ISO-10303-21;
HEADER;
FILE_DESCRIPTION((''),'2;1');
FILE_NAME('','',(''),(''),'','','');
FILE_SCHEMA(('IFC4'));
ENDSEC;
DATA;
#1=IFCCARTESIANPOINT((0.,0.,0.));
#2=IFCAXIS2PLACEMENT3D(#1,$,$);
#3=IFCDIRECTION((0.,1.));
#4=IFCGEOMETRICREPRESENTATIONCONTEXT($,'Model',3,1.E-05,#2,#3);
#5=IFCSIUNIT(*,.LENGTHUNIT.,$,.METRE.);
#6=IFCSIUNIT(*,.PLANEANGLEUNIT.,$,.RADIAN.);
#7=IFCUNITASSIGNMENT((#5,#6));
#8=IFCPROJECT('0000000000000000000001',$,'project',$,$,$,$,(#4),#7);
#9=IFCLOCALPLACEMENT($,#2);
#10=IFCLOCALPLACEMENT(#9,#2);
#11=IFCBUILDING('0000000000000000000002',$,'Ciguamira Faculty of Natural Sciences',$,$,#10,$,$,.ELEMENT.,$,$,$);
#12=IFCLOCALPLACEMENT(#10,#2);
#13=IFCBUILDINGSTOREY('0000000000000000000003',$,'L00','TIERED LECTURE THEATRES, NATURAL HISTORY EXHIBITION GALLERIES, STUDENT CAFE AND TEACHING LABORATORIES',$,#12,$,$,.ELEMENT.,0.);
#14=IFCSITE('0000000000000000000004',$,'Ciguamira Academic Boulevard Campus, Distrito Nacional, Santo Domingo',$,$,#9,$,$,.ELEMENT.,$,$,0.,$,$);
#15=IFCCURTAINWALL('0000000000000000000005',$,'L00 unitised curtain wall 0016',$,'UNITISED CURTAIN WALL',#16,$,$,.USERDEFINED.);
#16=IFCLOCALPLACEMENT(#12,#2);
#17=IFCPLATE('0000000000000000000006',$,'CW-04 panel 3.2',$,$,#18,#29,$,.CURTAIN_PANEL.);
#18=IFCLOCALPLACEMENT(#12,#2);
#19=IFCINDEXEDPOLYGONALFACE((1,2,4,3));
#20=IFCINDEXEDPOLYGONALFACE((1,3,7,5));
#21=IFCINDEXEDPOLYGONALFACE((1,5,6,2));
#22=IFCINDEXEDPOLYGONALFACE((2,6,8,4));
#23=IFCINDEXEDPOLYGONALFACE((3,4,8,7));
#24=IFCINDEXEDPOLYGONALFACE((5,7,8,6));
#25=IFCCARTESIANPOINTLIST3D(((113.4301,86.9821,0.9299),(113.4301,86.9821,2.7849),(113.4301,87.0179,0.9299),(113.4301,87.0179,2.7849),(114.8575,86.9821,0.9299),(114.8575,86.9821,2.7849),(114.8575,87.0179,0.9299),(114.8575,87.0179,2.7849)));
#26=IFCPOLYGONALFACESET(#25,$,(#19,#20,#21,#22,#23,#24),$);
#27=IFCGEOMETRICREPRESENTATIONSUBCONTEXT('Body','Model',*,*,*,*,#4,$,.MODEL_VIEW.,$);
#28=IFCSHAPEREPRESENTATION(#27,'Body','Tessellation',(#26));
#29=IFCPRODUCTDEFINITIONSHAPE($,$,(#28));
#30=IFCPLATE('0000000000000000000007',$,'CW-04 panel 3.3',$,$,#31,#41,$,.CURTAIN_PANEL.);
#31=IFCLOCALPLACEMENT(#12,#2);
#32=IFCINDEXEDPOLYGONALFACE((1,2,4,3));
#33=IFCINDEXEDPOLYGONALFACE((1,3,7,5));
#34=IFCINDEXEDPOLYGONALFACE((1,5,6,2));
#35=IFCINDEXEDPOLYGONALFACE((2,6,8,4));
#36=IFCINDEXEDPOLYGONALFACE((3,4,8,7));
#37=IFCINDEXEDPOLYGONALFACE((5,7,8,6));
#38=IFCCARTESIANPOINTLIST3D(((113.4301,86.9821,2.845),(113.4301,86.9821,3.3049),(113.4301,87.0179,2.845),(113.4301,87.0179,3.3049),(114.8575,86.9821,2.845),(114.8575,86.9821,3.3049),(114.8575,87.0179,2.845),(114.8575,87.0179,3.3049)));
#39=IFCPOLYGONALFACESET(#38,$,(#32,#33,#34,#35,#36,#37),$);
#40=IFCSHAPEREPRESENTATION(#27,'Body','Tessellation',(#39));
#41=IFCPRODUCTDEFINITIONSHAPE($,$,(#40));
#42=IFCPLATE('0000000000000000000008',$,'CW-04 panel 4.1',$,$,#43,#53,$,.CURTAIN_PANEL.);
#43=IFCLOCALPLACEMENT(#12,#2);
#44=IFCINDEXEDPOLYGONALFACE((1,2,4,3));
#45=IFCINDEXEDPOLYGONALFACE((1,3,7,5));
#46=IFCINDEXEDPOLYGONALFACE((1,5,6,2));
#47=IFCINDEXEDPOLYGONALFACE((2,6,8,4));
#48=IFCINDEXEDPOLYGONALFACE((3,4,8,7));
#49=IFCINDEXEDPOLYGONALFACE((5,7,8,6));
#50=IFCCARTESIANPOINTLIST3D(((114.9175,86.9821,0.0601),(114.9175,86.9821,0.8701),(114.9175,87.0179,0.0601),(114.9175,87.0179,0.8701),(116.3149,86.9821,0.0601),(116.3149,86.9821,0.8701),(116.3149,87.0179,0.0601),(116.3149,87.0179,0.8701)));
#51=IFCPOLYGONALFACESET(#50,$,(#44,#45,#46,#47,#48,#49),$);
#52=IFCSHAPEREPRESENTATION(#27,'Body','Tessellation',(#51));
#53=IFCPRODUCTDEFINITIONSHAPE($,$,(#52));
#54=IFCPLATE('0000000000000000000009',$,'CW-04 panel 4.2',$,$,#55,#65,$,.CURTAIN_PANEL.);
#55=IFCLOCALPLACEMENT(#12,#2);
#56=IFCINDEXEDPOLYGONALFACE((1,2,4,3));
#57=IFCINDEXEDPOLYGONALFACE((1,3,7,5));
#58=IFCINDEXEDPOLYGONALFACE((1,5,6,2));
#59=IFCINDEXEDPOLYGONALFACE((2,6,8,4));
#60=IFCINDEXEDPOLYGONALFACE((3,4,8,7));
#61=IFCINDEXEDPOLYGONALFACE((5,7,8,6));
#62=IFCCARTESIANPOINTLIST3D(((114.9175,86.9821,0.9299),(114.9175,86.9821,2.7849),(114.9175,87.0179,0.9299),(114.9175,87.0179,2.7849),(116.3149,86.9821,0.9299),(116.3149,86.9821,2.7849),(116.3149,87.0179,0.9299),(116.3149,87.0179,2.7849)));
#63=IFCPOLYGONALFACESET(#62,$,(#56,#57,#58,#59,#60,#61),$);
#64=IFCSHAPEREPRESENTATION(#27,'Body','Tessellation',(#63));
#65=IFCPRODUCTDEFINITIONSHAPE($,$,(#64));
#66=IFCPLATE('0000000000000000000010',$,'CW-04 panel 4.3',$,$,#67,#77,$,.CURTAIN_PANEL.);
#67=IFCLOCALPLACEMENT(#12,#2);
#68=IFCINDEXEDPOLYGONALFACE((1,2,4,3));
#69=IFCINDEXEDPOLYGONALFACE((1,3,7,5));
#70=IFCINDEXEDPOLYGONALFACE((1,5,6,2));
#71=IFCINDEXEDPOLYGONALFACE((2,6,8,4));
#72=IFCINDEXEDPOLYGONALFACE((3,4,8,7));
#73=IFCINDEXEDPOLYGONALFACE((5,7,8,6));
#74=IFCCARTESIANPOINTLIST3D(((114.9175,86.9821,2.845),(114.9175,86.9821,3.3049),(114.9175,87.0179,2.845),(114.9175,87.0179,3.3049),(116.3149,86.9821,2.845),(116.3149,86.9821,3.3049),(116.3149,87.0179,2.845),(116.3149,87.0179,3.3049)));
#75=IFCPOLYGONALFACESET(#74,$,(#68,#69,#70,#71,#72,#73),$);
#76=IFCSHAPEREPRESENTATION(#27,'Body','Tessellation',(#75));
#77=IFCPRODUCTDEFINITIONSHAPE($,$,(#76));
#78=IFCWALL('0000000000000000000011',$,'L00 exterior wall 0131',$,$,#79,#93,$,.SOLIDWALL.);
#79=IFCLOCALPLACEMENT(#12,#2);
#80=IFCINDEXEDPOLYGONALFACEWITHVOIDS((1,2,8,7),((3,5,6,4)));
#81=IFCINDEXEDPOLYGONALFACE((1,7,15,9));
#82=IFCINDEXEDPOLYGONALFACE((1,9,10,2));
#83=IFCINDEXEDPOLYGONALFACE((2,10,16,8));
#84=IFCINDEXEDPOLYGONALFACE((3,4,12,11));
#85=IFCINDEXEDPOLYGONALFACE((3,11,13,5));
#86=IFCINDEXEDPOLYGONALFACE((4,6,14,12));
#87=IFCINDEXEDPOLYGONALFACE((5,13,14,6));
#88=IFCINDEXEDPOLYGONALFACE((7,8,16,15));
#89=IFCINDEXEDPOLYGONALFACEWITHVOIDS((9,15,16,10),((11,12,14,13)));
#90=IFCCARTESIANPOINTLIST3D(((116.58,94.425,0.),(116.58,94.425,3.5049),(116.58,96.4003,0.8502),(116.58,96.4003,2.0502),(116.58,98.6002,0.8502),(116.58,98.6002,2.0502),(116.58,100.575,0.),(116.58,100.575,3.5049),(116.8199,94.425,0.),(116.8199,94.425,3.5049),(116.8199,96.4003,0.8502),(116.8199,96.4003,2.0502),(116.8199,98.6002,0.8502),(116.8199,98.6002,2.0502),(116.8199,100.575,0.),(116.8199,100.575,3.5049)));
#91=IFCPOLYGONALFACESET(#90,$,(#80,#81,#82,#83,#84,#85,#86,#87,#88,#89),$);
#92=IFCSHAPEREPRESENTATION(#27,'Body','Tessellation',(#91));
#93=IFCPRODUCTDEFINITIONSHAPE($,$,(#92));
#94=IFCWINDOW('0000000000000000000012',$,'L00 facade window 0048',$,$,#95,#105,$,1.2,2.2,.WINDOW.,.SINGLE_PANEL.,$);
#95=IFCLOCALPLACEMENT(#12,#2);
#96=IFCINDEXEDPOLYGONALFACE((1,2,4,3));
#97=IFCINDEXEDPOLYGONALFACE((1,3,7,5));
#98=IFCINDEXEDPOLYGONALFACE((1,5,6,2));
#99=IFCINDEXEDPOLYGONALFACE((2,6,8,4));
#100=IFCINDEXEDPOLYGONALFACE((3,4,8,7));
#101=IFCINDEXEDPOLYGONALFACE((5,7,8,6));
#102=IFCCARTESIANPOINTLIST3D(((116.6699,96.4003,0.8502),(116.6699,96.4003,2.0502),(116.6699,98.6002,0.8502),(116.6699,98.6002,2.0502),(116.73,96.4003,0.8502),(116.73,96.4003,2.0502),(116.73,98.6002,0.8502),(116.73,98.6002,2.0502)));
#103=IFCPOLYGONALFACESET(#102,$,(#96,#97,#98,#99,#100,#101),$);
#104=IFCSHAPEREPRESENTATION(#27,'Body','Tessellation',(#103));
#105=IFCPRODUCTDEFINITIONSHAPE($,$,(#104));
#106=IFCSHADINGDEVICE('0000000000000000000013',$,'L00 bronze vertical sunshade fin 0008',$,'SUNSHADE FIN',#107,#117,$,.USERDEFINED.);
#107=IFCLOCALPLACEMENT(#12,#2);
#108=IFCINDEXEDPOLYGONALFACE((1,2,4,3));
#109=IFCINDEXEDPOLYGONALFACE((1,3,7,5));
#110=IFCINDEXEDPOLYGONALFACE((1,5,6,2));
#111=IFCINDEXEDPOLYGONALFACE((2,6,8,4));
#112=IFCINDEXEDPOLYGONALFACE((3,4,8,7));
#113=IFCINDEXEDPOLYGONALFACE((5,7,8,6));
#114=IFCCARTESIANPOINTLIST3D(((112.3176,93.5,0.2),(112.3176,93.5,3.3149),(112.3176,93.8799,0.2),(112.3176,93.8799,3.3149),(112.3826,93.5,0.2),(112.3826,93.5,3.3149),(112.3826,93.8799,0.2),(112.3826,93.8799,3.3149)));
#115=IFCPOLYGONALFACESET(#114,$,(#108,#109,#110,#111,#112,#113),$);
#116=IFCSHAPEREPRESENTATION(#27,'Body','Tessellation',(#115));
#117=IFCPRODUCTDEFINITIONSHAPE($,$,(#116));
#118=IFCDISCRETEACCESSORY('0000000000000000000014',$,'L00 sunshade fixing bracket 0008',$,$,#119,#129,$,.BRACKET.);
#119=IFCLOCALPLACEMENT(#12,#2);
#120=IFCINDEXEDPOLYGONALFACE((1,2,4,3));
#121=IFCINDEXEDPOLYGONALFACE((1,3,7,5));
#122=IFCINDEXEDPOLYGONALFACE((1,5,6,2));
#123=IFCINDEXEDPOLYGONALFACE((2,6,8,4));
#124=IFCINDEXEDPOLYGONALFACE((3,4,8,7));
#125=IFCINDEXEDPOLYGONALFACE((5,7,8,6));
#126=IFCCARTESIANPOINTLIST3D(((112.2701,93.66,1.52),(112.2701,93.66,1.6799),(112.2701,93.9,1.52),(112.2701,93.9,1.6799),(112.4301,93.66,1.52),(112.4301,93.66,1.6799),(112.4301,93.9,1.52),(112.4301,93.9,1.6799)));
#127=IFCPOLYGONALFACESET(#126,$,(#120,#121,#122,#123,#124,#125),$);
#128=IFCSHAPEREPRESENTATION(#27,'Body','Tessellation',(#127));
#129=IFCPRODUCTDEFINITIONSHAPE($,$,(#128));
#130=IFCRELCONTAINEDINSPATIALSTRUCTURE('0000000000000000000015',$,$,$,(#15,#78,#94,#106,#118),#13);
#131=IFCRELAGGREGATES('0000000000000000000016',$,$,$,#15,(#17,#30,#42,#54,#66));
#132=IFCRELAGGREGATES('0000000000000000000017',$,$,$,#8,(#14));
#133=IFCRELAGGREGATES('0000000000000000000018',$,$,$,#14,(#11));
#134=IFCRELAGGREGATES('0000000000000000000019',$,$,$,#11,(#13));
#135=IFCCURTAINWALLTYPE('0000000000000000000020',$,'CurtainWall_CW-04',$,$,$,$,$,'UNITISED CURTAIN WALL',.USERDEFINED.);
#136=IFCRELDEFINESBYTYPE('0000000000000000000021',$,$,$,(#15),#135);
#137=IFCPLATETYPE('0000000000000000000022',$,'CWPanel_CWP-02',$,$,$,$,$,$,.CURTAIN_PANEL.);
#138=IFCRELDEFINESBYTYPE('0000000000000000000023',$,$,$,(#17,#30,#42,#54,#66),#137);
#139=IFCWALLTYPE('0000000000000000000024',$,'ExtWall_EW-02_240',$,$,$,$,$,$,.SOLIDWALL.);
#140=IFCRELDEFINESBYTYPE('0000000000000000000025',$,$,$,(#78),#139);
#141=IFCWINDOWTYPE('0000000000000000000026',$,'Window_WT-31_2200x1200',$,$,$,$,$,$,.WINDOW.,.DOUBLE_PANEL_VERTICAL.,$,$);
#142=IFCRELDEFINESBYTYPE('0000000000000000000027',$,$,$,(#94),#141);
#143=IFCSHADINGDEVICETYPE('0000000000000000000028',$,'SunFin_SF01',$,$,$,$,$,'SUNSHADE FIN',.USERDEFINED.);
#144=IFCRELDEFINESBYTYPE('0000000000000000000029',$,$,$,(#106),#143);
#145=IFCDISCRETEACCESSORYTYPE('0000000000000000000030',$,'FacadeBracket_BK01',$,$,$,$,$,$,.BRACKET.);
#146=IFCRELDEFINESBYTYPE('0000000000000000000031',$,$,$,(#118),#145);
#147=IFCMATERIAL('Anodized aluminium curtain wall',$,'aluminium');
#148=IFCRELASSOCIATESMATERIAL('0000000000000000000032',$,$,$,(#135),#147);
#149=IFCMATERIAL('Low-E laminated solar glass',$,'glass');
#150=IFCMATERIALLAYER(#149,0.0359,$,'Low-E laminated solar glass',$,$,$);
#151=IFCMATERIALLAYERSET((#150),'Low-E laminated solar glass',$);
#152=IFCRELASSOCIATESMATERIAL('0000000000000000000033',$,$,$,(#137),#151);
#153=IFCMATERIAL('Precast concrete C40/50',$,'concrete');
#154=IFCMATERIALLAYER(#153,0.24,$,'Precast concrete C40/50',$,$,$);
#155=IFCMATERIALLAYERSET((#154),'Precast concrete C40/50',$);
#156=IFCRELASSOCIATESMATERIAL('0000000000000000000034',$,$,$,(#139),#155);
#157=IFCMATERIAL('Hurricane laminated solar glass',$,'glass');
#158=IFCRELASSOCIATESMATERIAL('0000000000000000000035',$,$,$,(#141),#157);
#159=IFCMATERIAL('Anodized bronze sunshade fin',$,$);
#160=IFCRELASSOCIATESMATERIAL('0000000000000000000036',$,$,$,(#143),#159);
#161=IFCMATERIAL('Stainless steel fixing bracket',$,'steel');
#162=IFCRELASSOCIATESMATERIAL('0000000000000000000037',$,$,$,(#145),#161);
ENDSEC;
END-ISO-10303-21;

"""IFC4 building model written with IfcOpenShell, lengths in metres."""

from ifc_helpers import new_model, si_unit, direction, frame, frame_2d, origin, origin_2d, place, context, subcontext, project, spatial, rectangle, extrude, material, layer, layer_set, material_profile, profile_set, type_object, element, fill, aggregate, save


model = new_model("IFC4")

# Units and contexts
model_context = context("Model", 3, precision=1e-05, world=origin(), true_north=direction((0.0, 1.0)))
body_context = subcontext(model_context, "Body", "Model", "MODEL_VIEW")
ifc_project = project(units=[si_unit("LENGTHUNIT", "METRE"), si_unit("PLANEANGLEUNIT", "RADIAN")], contexts=[model_context])

# Site, building, storey
site_placement = place(None, origin())
site = spatial("IfcSite", under=ifc_project, at=site_placement, Name="Ciguamira Academic Boulevard Campus, Distrito Nacional, Santo Domingo", CompositionType="ELEMENT", RefElevation=0.0)
building_placement = place(site_placement, origin())
building = spatial("IfcBuilding", under=site, at=building_placement, Name="Ciguamira Faculty of Natural Sciences", CompositionType="ELEMENT")
storey_placement = place(building_placement, origin())
storey = spatial("IfcBuildingStorey", under=building, at=storey_placement, Name="L00", Description="TIERED LECTURE THEATRES, NATURAL HISTORY EXHIBITION GALLERIES, STUDENT CAFE AND TEACHING LABORATORIES", CompositionType="ELEMENT", Elevation=0.0)

# Curtain wall
ifc_material_1 = material(Name="Anodized aluminium curtain wall", Category="aluminium")
curtain_wall_type = type_object("IfcCurtainWallType", Name="CurtainWall_CW-04", ElementType="UNITISED CURTAIN WALL", PredefinedType="USERDEFINED", material=ifc_material_1)
curtain_wall_placement = place(storey_placement, origin())
curtain_wall = element("IfcCurtainWall", 1, at=curtain_wall_placement, inside=storey, type_object=curtain_wall_type, Name="L00 unitised curtain wall 0016", ObjectType="UNITISED CURTAIN WALL", PredefinedType="USERDEFINED")

# Shared definitions
ifc_material_2 = material(Name="Precast concrete C40/50", Category="concrete")

# Plates
ifc_material_3 = material(Name="Low-E laminated solar glass", Category="glass")
ifc_layer_1 = layer(ifc_material_3, 0.0359, Name="Low-E laminated solar glass")
ifc_layer_set_1 = layer_set([ifc_layer_1], Name="Low-E laminated solar glass")
plate_type = type_object("IfcPlateType", Name="CWPanel_CWP-02", PredefinedType="CURTAIN_PANEL", material=ifc_layer_set_1)
plate_1_placement = place(storey_placement, frame((114.1438, 87.0, 0.9299), z_axis=(0.0, 0.0, 1.0), x_axis=(1.0, 0.0, 0.0)))
plate_1 = element("IfcPlate", 2, at=plate_1_placement, type_object=plate_type, Name="CW-04 panel 3.2", PredefinedType="CURTAIN_PANEL", context=body_context, shape_type="SweptSolid", body=[
    extrude(rectangle(XDim=1.4275, YDim=0.0359, at=origin_2d()), origin(), (0.0, 0.0, 1.0), 1.855),
])
plate_2_placement = place(storey_placement, frame((114.1438, 87.0, 2.845), z_axis=(0.0, 0.0, 1.0), x_axis=(1.0, 0.0, 0.0)))
plate_2 = element("IfcPlate", 3, at=plate_2_placement, type_object=plate_type, Name="CW-04 panel 3.3", PredefinedType="CURTAIN_PANEL", context=body_context, shape_type="SweptSolid", body=[
    extrude(rectangle(XDim=1.4275, YDim=0.0359, at=origin_2d()), origin(), (0.0, 0.0, 1.0), 0.46),
])
plate_3_placement = place(storey_placement, frame((115.6162, 87.0, 0.0601), z_axis=(0.0, 0.0, 1.0), x_axis=(1.0, 0.0, 0.0)))
plate_3 = element("IfcPlate", 4, at=plate_3_placement, type_object=plate_type, Name="CW-04 panel 4.1", PredefinedType="CURTAIN_PANEL", context=body_context, shape_type="SweptSolid", body=[
    extrude(rectangle(XDim=1.3975, YDim=0.0359, at=origin_2d()), origin(), (0.0, 0.0, 1.0), 0.8101),
])
plate_4_placement = place(storey_placement, frame((115.6162, 87.0, 0.9299), z_axis=(0.0, 0.0, 1.0), x_axis=(1.0, 0.0, 0.0)))
plate_4 = element("IfcPlate", 5, at=plate_4_placement, type_object=plate_type, Name="CW-04 panel 4.2", PredefinedType="CURTAIN_PANEL", context=body_context, shape_type="SweptSolid", body=[
    extrude(rectangle(XDim=1.3975, YDim=0.0359, at=origin_2d()), origin(), (0.0, 0.0, 1.0), 1.855),
])
plate_5_placement = place(storey_placement, frame((115.6162, 87.0, 2.845), z_axis=(0.0, 0.0, 1.0), x_axis=(1.0, 0.0, 0.0)))
plate_5 = element("IfcPlate", 6, at=plate_5_placement, type_object=plate_type, Name="CW-04 panel 4.3", PredefinedType="CURTAIN_PANEL", context=body_context, shape_type="SweptSolid", body=[
    extrude(rectangle(XDim=1.3975, YDim=0.0359, at=origin_2d()), origin(), (0.0, 0.0, 1.0), 0.46),
])
aggregate(curtain_wall, [plate_1, plate_2, plate_3, plate_4, plate_5])

# Wall, opening, window
ifc_layer_2 = layer(ifc_material_2, 0.24, Name="Precast concrete C40/50")
ifc_layer_set_2 = layer_set([ifc_layer_2], Name="Precast concrete C40/50")
wall_type = type_object("IfcWallType", Name="ExtWall_EW-02_240", PredefinedType="SOLIDWALL", material=ifc_layer_set_2)
wall_placement = place(storey_placement, frame((116.7, 94.425, 0.0), z_axis=(0.0, 0.0, 1.0), x_axis=(0.0, 1.0, 0.0)))
wall = element("IfcWall", 7, at=wall_placement, inside=storey, type_object=wall_type, Name="L00 exterior wall 0131", PredefinedType="SOLIDWALL", context=body_context, shape_type="SweptSolid", body=[
    extrude(rectangle(XDim=6.1499, YDim=0.24, at=frame_2d((3.075, 0.0))), origin(), (0.0, 0.0, 1.0), 3.5049),
])
opening_placement = place(wall_placement, frame((1.9751, 0.0, 0.8501)))
opening = element("IfcOpeningElement", 8, at=opening_placement, cuts=wall, PredefinedType="OPENING", context=body_context, shape_type="SweptSolid", body=[
    extrude(rectangle(XDim=2.2, YDim=1.2, at=frame_2d((1.1001, 0.6001))), frame((0.0, 0.1299, 0.0), z_axis=(0.0, -1.0, 0.0), x_axis=(1.0, 0.0, 0.0)), (0.0, 0.0, 1.0), 0.26),
])
ifc_material_4 = material(Name="Hurricane laminated solar glass", Category="glass")
window_type = type_object("IfcWindowType", Name="Window_WT-31_2200x1200", PartitioningType="DOUBLE_PANEL_VERTICAL", PredefinedType="WINDOW", material=ifc_material_4)
window_placement = place(opening_placement, origin())
window = element("IfcWindow", 9, at=window_placement, inside=storey, type_object=window_type, Name="L00 facade window 0048", OverallHeight=1.2, OverallWidth=2.2, PartitioningType="SINGLE_PANEL", PredefinedType="WINDOW", context=body_context, shape_type="SweptSolid", body=[
    extrude(rectangle(XDim=2.2, YDim=1.2, at=frame_2d((1.1001, 0.6001))), frame((0.0, 0.03, 0.0), z_axis=(0.0, -1.0, 0.0), x_axis=(1.0, 0.0, 0.0)), (0.0, 0.0, 1.0), 0.0601),
])
fill(opening, window)

# Shading device
ifc_material_5 = material(Name="Anodized bronze sunshade fin")
ifc_material_profile_1 = material_profile(ifc_material_5, rectangle(XDim=0.0649, YDim=0.3799, at=origin_2d()), Name="BRZ-FIN-65X380")
ifc_profile_set_1 = profile_set([ifc_material_profile_1], Name="Anodized bronze sunshade fin")
shading_device_type = type_object("IfcShadingDeviceType", Name="SunFin_SF01", ElementType="SUNSHADE FIN", PredefinedType="USERDEFINED", material=ifc_profile_set_1)
shading_device_placement = place(storey_placement, frame((112.3501, 93.6899, 0.2), z_axis=(0.0, 0.0, 1.0), x_axis=(1.0, 0.0, 0.0)))
element("IfcShadingDevice", 10, at=shading_device_placement, inside=storey, type_object=shading_device_type, Name="L00 bronze vertical sunshade fin 0008", ObjectType="SUNSHADE FIN", PredefinedType="USERDEFINED", context=body_context, shape_type="SweptSolid", body=[
    extrude(rectangle(XDim=0.0649, YDim=0.3799, at=origin_2d()), origin(), (0.0, 0.0, 1.0), 3.115),
])

# Discrete accessory
ifc_material_6 = material(Name="Stainless steel fixing bracket", Category="steel")
discrete_accessory_type = type_object("IfcDiscreteAccessoryType", Name="FacadeBracket_BK01", PredefinedType="BRACKET", material=ifc_material_6)
discrete_accessory_placement = place(storey_placement, frame((112.3501, 93.78, 1.52), z_axis=(0.0, 0.0, 1.0), x_axis=(1.0, 0.0, 0.0)))
element("IfcDiscreteAccessory", 11, at=discrete_accessory_placement, inside=storey, type_object=discrete_accessory_type, Name="L00 sunshade fixing bracket 0008", PredefinedType="BRACKET", context=body_context, shape_type="SweptSolid", body=[
    extrude(rectangle(XDim=0.1599, YDim=0.24, at=origin_2d()), origin(), (0.0, 0.0, 1.0), 0.1599),
])

save(model, "model.ifc")
